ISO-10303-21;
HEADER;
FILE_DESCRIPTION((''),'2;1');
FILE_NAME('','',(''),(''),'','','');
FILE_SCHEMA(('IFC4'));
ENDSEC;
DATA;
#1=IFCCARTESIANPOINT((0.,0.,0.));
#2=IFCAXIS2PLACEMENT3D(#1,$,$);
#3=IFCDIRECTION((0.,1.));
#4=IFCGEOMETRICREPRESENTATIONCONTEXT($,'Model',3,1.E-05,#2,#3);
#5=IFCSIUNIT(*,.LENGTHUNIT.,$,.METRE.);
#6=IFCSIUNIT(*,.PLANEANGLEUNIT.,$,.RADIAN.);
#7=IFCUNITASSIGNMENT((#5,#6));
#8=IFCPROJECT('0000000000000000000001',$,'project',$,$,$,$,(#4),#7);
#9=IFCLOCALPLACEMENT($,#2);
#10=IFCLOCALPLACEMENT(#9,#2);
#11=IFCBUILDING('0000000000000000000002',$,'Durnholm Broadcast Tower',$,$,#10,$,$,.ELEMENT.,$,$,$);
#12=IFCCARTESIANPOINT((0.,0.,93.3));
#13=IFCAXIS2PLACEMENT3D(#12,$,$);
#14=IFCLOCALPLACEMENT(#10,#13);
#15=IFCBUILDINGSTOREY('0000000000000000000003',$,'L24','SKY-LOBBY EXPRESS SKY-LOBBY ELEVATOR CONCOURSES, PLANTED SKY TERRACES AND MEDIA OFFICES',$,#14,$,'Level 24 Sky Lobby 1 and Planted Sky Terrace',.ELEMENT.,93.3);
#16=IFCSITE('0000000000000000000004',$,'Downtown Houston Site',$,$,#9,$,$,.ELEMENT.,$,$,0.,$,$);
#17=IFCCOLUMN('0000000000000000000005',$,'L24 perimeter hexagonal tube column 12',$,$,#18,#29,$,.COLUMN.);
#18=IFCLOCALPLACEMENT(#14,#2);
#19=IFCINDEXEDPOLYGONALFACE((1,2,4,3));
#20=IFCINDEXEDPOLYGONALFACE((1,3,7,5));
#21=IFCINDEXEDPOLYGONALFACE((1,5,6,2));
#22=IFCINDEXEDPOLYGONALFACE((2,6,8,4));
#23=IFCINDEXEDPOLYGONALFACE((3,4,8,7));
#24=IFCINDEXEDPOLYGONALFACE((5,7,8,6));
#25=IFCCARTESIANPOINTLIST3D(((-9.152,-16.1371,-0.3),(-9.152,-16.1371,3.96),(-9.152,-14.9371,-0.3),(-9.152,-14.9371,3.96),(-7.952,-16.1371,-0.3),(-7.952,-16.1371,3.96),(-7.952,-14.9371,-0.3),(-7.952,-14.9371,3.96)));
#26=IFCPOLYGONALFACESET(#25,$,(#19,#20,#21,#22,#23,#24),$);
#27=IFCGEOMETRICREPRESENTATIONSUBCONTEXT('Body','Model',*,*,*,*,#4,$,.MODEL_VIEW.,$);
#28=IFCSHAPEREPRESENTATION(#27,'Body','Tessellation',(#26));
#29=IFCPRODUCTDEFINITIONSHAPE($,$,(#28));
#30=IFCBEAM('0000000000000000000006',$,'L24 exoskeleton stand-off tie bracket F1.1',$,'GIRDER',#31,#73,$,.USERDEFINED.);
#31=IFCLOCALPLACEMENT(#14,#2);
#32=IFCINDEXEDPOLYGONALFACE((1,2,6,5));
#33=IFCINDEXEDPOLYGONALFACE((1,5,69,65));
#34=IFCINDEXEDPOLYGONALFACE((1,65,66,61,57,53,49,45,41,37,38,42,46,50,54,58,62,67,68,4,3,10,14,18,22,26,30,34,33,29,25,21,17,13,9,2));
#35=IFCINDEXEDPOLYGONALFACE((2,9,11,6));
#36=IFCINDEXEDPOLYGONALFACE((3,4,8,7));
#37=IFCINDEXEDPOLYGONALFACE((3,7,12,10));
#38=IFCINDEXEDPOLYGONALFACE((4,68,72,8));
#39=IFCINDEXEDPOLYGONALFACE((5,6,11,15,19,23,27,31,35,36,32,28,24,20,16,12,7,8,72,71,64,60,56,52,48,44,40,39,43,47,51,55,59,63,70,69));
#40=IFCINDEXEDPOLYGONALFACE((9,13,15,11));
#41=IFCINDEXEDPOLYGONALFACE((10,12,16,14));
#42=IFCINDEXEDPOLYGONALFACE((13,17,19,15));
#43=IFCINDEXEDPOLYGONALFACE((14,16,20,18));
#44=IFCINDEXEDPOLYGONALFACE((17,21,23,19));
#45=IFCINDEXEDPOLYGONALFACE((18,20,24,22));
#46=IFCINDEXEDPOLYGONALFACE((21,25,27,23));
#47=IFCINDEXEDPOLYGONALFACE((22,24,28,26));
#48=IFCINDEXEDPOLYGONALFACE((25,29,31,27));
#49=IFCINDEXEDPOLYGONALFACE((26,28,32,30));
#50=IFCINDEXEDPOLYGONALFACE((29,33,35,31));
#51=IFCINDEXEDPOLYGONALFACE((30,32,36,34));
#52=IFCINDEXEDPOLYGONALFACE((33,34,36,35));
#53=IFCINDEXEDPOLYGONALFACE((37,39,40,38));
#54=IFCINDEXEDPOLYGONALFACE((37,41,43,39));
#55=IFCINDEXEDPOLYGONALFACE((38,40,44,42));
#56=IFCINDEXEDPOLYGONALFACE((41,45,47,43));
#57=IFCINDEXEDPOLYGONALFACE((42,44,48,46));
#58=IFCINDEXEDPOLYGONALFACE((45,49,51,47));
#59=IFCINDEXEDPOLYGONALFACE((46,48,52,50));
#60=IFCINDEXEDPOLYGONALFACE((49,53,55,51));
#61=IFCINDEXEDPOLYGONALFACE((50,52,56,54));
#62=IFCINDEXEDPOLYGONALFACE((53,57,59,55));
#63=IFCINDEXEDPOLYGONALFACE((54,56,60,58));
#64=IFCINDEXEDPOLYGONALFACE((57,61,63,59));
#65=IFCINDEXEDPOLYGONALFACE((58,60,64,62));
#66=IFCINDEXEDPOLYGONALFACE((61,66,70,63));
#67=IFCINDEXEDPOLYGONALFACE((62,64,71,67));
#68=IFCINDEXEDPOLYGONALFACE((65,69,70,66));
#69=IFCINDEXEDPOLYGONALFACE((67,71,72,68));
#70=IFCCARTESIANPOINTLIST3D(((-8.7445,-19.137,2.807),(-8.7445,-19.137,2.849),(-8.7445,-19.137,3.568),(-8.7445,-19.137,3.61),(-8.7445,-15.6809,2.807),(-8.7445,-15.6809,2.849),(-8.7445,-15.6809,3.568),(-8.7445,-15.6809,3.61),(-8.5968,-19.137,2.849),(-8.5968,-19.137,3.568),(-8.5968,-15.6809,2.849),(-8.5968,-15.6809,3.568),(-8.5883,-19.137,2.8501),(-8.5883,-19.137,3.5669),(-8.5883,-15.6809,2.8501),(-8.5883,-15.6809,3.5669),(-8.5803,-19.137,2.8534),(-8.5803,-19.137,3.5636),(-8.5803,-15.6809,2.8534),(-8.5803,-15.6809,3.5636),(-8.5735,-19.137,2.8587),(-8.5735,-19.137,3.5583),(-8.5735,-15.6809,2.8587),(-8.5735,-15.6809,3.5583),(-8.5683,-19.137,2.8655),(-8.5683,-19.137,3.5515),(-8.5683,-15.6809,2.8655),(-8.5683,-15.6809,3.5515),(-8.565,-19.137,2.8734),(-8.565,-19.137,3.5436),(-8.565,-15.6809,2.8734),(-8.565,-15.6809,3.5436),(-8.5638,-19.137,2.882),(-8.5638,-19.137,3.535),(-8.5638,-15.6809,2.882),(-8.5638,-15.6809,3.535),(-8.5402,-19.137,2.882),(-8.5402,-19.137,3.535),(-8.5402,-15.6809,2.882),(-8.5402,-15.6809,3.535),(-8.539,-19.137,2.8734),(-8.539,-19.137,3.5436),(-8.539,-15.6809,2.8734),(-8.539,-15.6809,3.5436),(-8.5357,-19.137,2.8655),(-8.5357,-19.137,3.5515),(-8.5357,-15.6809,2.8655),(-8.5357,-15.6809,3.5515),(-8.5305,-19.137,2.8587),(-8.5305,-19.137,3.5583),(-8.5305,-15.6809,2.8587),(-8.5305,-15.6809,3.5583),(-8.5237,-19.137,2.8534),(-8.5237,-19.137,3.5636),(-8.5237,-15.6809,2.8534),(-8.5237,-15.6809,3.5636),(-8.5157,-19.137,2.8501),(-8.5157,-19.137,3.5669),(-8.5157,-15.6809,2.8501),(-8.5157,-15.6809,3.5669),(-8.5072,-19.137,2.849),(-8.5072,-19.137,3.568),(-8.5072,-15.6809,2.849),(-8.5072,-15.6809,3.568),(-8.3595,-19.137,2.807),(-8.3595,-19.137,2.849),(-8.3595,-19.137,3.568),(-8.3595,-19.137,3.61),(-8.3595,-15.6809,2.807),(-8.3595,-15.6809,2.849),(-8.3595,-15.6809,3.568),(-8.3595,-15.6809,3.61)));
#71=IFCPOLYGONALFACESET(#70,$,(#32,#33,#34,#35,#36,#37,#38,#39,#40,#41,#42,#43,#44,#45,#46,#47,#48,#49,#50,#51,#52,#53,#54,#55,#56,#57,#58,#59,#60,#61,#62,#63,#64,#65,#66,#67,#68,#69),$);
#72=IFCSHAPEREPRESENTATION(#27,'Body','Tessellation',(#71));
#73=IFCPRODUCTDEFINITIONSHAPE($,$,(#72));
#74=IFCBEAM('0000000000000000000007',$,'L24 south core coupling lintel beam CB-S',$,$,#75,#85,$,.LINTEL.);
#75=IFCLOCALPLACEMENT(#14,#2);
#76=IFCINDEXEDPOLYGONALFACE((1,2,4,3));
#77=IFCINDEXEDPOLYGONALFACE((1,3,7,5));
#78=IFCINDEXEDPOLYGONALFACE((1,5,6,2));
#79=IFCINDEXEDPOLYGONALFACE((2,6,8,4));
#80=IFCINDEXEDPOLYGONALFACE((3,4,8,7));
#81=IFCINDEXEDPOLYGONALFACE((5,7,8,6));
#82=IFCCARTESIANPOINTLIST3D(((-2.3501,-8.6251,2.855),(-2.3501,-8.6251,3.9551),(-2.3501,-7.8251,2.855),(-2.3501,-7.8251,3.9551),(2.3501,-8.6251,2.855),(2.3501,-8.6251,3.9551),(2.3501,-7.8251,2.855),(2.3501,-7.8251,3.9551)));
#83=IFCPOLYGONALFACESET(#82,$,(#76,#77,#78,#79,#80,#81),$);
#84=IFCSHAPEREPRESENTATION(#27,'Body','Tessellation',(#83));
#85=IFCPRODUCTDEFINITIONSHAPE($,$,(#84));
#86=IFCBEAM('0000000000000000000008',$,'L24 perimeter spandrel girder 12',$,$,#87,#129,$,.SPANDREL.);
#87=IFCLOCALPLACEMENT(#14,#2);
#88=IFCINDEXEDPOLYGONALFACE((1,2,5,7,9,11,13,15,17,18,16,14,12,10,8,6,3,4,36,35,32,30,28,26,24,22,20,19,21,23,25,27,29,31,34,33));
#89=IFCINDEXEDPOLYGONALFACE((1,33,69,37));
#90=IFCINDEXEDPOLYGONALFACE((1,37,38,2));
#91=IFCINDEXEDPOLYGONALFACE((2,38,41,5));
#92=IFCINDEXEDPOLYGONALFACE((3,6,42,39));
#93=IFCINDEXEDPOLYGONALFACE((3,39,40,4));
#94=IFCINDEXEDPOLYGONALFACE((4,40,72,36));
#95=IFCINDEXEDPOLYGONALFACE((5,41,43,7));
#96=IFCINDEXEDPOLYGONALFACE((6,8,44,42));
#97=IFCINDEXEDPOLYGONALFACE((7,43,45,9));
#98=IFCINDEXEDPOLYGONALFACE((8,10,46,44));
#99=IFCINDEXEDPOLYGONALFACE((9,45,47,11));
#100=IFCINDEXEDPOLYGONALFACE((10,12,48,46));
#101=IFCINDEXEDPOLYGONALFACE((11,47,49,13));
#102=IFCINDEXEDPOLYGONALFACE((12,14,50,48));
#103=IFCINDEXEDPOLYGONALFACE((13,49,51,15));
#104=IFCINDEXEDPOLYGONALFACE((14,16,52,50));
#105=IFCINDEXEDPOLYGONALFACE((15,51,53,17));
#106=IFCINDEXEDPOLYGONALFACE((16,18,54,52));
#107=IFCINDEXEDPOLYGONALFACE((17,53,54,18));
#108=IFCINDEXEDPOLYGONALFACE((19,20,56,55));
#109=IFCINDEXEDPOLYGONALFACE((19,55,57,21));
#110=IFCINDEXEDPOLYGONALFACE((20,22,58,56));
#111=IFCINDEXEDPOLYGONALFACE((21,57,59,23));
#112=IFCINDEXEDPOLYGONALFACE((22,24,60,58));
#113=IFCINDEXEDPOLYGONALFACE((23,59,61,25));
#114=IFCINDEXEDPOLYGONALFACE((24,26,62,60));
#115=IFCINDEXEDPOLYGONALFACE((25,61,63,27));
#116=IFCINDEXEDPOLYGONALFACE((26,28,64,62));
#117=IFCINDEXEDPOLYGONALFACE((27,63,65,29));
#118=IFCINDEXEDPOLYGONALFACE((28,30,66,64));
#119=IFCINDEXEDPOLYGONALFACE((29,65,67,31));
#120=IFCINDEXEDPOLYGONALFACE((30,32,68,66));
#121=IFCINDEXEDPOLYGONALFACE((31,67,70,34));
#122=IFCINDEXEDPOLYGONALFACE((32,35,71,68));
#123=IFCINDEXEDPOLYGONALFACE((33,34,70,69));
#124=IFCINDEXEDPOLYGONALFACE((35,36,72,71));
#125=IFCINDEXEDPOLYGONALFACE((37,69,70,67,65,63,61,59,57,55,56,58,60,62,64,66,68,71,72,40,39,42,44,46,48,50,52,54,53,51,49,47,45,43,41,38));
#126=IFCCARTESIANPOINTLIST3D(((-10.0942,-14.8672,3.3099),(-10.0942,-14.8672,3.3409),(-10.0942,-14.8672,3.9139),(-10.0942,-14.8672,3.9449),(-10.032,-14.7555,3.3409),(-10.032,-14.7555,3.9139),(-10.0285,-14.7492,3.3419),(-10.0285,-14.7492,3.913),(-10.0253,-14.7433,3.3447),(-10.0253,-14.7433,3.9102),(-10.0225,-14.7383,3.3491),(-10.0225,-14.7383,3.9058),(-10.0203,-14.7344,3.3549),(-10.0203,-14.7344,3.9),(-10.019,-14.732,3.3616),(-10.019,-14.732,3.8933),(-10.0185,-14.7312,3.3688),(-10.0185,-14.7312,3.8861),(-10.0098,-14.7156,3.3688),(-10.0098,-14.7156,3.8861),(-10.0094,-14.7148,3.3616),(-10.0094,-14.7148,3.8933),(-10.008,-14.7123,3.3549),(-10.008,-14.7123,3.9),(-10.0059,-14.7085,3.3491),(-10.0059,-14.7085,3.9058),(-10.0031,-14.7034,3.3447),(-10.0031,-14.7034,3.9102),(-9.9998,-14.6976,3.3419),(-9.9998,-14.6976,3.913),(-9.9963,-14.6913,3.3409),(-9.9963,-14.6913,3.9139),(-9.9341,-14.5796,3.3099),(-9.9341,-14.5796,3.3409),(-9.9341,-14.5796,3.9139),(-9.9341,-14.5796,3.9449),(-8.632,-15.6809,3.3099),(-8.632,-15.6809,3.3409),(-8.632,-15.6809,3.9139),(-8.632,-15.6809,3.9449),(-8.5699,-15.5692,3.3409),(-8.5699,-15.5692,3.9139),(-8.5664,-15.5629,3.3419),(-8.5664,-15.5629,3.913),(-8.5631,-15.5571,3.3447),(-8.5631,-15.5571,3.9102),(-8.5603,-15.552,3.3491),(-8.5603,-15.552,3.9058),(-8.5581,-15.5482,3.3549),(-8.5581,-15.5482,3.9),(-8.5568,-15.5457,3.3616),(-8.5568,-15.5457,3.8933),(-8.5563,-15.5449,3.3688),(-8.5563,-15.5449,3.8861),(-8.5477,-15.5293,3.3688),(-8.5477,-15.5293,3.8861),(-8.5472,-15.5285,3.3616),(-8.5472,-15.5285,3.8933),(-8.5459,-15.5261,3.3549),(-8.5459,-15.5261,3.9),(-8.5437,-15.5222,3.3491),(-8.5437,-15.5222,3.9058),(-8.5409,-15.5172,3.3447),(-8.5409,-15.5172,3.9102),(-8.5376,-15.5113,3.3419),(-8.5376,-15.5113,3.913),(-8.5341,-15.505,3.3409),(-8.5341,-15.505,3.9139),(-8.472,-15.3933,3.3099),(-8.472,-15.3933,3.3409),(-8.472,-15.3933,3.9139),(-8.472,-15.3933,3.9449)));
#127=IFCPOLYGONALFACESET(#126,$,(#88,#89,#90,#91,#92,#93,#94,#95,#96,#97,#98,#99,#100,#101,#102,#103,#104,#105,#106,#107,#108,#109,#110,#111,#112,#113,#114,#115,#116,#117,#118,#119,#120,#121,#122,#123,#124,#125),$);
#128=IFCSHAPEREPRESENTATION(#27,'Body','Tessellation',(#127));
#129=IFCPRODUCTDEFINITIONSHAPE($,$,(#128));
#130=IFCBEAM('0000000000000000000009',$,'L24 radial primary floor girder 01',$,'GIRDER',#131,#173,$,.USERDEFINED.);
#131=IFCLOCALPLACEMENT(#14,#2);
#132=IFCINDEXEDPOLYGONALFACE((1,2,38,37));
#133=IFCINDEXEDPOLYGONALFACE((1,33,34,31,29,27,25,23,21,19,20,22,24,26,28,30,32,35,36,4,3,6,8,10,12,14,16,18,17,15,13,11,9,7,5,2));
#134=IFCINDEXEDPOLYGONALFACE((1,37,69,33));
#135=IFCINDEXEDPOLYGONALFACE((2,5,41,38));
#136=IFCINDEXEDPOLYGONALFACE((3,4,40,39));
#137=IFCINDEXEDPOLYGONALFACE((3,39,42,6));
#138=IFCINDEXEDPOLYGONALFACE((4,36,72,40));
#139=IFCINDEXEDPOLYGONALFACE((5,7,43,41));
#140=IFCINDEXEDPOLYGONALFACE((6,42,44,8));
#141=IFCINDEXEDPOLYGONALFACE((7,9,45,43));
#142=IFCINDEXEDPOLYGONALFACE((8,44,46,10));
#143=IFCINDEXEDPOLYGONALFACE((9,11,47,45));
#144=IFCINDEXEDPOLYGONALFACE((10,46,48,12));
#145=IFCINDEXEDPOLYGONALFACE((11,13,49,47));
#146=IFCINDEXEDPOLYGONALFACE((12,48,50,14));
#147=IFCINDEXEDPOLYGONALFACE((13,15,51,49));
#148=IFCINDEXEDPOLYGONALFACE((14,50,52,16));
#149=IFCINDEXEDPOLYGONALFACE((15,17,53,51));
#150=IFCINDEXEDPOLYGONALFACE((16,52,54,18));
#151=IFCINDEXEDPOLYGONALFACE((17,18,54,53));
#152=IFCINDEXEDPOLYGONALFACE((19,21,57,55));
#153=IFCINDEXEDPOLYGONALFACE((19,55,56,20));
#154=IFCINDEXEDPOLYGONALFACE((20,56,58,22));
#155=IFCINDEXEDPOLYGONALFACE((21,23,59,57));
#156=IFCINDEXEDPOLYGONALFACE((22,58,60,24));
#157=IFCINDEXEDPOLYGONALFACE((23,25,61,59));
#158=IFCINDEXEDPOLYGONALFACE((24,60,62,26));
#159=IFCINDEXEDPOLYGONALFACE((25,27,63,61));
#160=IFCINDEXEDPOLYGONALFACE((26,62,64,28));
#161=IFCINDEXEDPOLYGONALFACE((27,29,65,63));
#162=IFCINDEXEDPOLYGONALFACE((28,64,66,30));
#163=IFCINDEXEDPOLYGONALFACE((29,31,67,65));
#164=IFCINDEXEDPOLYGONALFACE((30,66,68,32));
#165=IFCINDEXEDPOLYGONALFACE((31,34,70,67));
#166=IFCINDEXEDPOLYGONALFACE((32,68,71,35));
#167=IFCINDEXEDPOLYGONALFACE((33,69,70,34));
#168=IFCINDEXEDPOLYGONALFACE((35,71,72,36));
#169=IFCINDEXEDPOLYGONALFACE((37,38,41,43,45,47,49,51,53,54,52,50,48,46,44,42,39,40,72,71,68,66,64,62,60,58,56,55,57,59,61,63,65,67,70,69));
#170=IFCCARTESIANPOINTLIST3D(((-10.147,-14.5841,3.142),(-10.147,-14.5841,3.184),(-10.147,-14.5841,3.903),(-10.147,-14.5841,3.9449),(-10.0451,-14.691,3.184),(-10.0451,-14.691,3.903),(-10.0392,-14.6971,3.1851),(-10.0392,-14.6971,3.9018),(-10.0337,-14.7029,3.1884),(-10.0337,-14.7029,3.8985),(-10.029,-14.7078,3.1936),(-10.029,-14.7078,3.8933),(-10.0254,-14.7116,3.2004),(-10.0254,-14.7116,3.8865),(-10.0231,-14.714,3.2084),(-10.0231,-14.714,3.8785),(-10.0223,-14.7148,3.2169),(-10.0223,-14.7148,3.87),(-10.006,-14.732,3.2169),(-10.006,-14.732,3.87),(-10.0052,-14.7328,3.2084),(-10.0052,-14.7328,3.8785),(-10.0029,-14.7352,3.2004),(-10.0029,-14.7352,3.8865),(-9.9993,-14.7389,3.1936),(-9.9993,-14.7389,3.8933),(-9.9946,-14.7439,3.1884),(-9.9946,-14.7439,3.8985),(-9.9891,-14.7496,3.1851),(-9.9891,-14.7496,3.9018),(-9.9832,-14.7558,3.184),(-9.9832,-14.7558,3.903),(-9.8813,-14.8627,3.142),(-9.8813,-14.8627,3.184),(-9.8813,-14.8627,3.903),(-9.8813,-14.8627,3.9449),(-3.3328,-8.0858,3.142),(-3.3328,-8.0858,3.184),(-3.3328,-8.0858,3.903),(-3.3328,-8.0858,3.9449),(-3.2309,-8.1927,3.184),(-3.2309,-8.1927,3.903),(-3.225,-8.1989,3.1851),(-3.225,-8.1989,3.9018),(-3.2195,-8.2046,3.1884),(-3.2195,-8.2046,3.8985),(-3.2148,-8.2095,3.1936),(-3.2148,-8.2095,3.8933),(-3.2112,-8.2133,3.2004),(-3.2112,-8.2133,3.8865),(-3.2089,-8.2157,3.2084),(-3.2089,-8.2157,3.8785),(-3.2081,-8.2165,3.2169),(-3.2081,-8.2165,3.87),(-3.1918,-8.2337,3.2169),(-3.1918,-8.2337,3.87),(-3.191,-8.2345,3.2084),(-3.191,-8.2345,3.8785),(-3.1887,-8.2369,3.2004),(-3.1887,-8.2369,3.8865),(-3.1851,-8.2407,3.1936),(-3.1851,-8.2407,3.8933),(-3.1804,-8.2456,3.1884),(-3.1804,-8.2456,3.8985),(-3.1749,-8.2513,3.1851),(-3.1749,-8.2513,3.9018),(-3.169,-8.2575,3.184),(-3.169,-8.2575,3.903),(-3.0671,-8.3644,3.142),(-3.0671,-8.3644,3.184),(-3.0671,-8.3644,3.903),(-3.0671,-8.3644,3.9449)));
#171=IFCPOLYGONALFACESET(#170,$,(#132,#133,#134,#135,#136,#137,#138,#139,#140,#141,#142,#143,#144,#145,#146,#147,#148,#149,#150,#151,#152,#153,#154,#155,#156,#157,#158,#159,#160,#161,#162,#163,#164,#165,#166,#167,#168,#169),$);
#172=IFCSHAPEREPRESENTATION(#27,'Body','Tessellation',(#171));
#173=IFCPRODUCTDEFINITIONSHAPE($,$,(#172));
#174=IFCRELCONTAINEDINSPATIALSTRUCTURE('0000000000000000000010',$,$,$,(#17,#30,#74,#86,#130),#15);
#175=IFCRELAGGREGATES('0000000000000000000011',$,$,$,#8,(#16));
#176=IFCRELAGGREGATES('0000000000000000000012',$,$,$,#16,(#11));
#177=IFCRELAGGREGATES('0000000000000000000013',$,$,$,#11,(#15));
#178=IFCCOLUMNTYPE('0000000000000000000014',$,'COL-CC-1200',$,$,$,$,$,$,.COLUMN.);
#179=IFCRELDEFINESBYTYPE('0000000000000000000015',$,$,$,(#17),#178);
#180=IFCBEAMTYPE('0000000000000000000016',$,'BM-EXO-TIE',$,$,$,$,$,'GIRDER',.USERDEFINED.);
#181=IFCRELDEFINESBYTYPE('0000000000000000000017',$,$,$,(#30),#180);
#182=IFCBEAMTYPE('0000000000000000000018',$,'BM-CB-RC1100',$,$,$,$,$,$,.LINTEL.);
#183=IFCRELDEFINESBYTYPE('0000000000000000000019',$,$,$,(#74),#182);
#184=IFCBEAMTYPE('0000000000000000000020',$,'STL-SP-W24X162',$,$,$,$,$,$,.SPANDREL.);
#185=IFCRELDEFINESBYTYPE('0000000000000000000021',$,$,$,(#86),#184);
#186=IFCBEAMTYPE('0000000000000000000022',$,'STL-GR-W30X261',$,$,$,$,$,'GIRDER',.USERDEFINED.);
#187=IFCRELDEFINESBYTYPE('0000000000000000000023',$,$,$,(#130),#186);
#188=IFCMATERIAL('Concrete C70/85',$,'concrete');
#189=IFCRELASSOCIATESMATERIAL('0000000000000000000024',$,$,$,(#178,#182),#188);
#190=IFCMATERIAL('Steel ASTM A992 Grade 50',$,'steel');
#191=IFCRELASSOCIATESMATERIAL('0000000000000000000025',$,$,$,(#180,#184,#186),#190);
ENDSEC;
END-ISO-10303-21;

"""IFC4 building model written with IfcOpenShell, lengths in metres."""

from ifc_helpers import new_model, si_unit, direction, frame, origin, origin_2d, place, context, subcontext, project, spatial, rectangle, i_section, extrude, source, transform, mapped, material, material_profile, profile_set, type_object, type_shapes, element, save


model = new_model("IFC4")

# Units and contexts
model_context = context("Model", 3, precision=1e-05, world=origin(), true_north=direction((0.0, 1.0)))
body_context = subcontext(model_context, "Body", "Model", "MODEL_VIEW")
ifc_project = project(units=[si_unit("LENGTHUNIT", "METRE"), si_unit("PLANEANGLEUNIT", "RADIAN")], contexts=[model_context])

# Site, building, storey
site_placement = place(None, origin())
site = spatial("IfcSite", under=ifc_project, at=site_placement, Name="Downtown Houston Site", CompositionType="ELEMENT", RefElevation=0.0)
building_placement = place(site_placement, origin())
building = spatial("IfcBuilding", under=site, at=building_placement, Name="Durnholm Broadcast Tower", CompositionType="ELEMENT")
storey_placement = place(building_placement, frame((0.0, 0.0, 93.3)))
storey = spatial("IfcBuildingStorey", under=building, at=storey_placement, Name="L24", Description="SKY-LOBBY EXPRESS SKY-LOBBY ELEVATOR CONCOURSES, PLANTED SKY TERRACES AND MEDIA OFFICES", LongName="Level 24 Sky Lobby 1 and Planted Sky Terrace", CompositionType="ELEMENT", Elevation=93.3)

# Column
ifc_material_1 = material(Name="Concrete C70/85", Category="concrete")
ifc_material_profile_1 = material_profile(ifc_material_1, rectangle(XDim=1.2, YDim=1.2, at=origin_2d()), Name="RC1200X1200")
ifc_profile_set_1 = profile_set([ifc_material_profile_1], Name="Concrete C70/85")
column_type = type_object("IfcColumnType", Name="COL-CC-1200", PredefinedType="COLUMN", material=ifc_profile_set_1)
shared_shape_1 = source(origin(), body_context, "Body", "SweptSolid", [
    extrude(rectangle(XDim=1.2, YDim=1.2, at=origin_2d()), origin(), (0.0, 0.0, 1.0), 4.26),
])
type_shapes(column_type, [shared_shape_1])
column_placement = place(storey_placement, frame((-8.552, -15.5371, -0.3), z_axis=(0.0, 0.0, 1.0), x_axis=(1.0, 0.0, 0.0)))
element("IfcColumn", 1, at=column_placement, inside=storey, type_object=column_type, Name="L24 perimeter hexagonal tube column 12", PredefinedType="COLUMN", context=body_context, shape_type="MappedRepresentation", body=[
    mapped(shared_shape_1, transform((0.0, 0.0, 0.0), x_axis=(1.0, 0.0, 0.0), y_axis=(0.0, 1.0, 0.0), z_axis=(0.0, 0.0, 1.0), scale=1.0)),
])

# Beams
ifc_material_2 = material(Name="Steel ASTM A992 Grade 50", Category="steel")
ifc_material_profile_2 = material_profile(ifc_material_2, i_section(OverallWidth=0.385, OverallDepth=0.803, WebThickness=0.0237, FlangeThickness=0.042, FilletRadius=0.033, at=origin_2d()), Name="W30X261")
ifc_profile_set_2 = profile_set([ifc_material_profile_2], Name="Steel ASTM A992 Grade 50")
beam_type_1 = type_object("IfcBeamType", Name="BM-EXO-TIE", ElementType="GIRDER", PredefinedType="USERDEFINED", material=ifc_profile_set_2)
shared_shape_2 = source(origin(), body_context, "Body", "SweptSolid", [
    extrude(i_section(OverallWidth=0.385, OverallDepth=0.803, WebThickness=0.0237, FlangeThickness=0.042, FilletRadius=0.033, at=origin_2d()), origin(), (0.0, 0.0, 1.0), 3.4561),
])
beam_1_placement = place(storey_placement, frame((-8.552, -15.6809, 3.2085), z_axis=(0.0, -1.0, 0.0), x_axis=(1.0, 0.0, 0.0)))
element("IfcBeam", 2, at=beam_1_placement, inside=storey, type_object=beam_type_1, Name="L24 exoskeleton stand-off tie bracket F1.1", ObjectType="GIRDER", PredefinedType="USERDEFINED", context=body_context, shape_type="MappedRepresentation", body=[
    mapped(shared_shape_2, transform((0.0, 0.0, 0.0), x_axis=(1.0, 0.0, 0.0), y_axis=(0.0, 1.0, 0.0), z_axis=(0.0, 0.0, 1.0), scale=1.0)),
])
ifc_material_profile_3 = material_profile(ifc_material_1, rectangle(XDim=0.8, YDim=1.1001, at=origin_2d()), Name="RC800X1100")
ifc_profile_set_3 = profile_set([ifc_material_profile_3], Name="Concrete C70/85")
beam_type_2 = type_object("IfcBeamType", Name="BM-CB-RC1100", PredefinedType="LINTEL", material=ifc_profile_set_3)
shared_shape_3 = source(origin(), body_context, "Body", "SweptSolid", [
    extrude(rectangle(XDim=0.8, YDim=1.1001, at=origin_2d()), origin(), (0.0, 0.0, 1.0), 4.7002),
])
type_shapes(beam_type_2, [shared_shape_3])
beam_2_placement = place(storey_placement, frame((-2.3501, -8.2251, 3.405), z_axis=(1.0, 0.0, 0.0), x_axis=(0.0, 1.0, 0.0)))
element("IfcBeam", 3, at=beam_2_placement, inside=storey, type_object=beam_type_2, Name="L24 south core coupling lintel beam CB-S", PredefinedType="LINTEL", context=body_context, shape_type="MappedRepresentation", body=[
    mapped(shared_shape_3, transform((0.0, 0.0, 0.0), x_axis=(1.0, 0.0, 0.0), y_axis=(0.0, 1.0, 0.0), z_axis=(0.0, 0.0, 1.0), scale=1.0)),
])
ifc_material_profile_4 = material_profile(ifc_material_2, i_section(OverallWidth=0.3291, OverallDepth=0.635, WebThickness=0.0178, FlangeThickness=0.031, FilletRadius=0.0278, at=origin_2d()), Name="W24X162")
ifc_profile_set_4 = profile_set([ifc_material_profile_4], Name="Steel ASTM A992 Grade 50")
beam_type_3 = type_object("IfcBeamType", Name="STL-SP-W24X162", PredefinedType="SPANDREL", material=ifc_profile_set_4)
shared_shape_4 = source(origin(), body_context, "Body", "SweptSolid", [
    extrude(i_section(OverallWidth=0.3291, OverallDepth=0.635, WebThickness=0.0178, FlangeThickness=0.031, FilletRadius=0.0278, at=origin_2d()), origin(), (0.0, 0.0, 1.0), 1.6733),
])
type_shapes(beam_type_3, [shared_shape_4])
beam_3_placement = place(storey_placement, frame((-8.552, -15.5371, 3.6274), z_axis=(-0.873799, 0.486287, 0.0), x_axis=(-0.486287, -0.873799, 0.0)))
element("IfcBeam", 4, at=beam_3_placement, inside=storey, type_object=beam_type_3, Name="L24 perimeter spandrel girder 12", PredefinedType="SPANDREL", context=body_context, shape_type="MappedRepresentation", body=[
    mapped(shared_shape_4, transform((0.0, 0.0, 0.0), x_axis=(1.0, 0.0, 0.0), y_axis=(0.0, 1.0, 0.0), z_axis=(0.0, 0.0, 1.0), scale=1.0)),
])
ifc_material_profile_5 = material_profile(ifc_material_2, i_section(OverallWidth=0.385, OverallDepth=0.803, WebThickness=0.0237, FlangeThickness=0.042, FilletRadius=0.033, at=origin_2d()), Name="W30X261")
ifc_profile_set_5 = profile_set([ifc_material_profile_5], Name="Steel ASTM A992 Grade 50")
beam_type_4 = type_object("IfcBeamType", Name="STL-GR-W30X261", ElementType="GIRDER", PredefinedType="USERDEFINED", material=ifc_profile_set_5)
shared_shape_5 = source(origin(), body_context, "Body", "SweptSolid", [
    extrude(i_section(OverallWidth=0.385, OverallDepth=0.803, WebThickness=0.0237, FlangeThickness=0.042, FilletRadius=0.033, at=origin_2d()), origin(), (0.0, 0.0, 1.0), 9.416),
])
beam_4_placement = place(storey_placement, frame((-3.2, -8.2251, 3.5435), z_axis=(-0.723683, -0.690132, 0.0), x_axis=(0.690132, -0.723683, 0.0)))
element("IfcBeam", 5, at=beam_4_placement, inside=storey, type_object=beam_type_4, Name="L24 radial primary floor girder 01", ObjectType="GIRDER", PredefinedType="USERDEFINED", context=body_context, shape_type="MappedRepresentation", body=[
    mapped(shared_shape_5, transform((0.0, 0.0, 0.0), x_axis=(1.0, 0.0, 0.0), y_axis=(0.0, 1.0, 0.0), z_axis=(0.0, 0.0, 1.0), scale=1.0)),
])

save(model, "model.ifc")
